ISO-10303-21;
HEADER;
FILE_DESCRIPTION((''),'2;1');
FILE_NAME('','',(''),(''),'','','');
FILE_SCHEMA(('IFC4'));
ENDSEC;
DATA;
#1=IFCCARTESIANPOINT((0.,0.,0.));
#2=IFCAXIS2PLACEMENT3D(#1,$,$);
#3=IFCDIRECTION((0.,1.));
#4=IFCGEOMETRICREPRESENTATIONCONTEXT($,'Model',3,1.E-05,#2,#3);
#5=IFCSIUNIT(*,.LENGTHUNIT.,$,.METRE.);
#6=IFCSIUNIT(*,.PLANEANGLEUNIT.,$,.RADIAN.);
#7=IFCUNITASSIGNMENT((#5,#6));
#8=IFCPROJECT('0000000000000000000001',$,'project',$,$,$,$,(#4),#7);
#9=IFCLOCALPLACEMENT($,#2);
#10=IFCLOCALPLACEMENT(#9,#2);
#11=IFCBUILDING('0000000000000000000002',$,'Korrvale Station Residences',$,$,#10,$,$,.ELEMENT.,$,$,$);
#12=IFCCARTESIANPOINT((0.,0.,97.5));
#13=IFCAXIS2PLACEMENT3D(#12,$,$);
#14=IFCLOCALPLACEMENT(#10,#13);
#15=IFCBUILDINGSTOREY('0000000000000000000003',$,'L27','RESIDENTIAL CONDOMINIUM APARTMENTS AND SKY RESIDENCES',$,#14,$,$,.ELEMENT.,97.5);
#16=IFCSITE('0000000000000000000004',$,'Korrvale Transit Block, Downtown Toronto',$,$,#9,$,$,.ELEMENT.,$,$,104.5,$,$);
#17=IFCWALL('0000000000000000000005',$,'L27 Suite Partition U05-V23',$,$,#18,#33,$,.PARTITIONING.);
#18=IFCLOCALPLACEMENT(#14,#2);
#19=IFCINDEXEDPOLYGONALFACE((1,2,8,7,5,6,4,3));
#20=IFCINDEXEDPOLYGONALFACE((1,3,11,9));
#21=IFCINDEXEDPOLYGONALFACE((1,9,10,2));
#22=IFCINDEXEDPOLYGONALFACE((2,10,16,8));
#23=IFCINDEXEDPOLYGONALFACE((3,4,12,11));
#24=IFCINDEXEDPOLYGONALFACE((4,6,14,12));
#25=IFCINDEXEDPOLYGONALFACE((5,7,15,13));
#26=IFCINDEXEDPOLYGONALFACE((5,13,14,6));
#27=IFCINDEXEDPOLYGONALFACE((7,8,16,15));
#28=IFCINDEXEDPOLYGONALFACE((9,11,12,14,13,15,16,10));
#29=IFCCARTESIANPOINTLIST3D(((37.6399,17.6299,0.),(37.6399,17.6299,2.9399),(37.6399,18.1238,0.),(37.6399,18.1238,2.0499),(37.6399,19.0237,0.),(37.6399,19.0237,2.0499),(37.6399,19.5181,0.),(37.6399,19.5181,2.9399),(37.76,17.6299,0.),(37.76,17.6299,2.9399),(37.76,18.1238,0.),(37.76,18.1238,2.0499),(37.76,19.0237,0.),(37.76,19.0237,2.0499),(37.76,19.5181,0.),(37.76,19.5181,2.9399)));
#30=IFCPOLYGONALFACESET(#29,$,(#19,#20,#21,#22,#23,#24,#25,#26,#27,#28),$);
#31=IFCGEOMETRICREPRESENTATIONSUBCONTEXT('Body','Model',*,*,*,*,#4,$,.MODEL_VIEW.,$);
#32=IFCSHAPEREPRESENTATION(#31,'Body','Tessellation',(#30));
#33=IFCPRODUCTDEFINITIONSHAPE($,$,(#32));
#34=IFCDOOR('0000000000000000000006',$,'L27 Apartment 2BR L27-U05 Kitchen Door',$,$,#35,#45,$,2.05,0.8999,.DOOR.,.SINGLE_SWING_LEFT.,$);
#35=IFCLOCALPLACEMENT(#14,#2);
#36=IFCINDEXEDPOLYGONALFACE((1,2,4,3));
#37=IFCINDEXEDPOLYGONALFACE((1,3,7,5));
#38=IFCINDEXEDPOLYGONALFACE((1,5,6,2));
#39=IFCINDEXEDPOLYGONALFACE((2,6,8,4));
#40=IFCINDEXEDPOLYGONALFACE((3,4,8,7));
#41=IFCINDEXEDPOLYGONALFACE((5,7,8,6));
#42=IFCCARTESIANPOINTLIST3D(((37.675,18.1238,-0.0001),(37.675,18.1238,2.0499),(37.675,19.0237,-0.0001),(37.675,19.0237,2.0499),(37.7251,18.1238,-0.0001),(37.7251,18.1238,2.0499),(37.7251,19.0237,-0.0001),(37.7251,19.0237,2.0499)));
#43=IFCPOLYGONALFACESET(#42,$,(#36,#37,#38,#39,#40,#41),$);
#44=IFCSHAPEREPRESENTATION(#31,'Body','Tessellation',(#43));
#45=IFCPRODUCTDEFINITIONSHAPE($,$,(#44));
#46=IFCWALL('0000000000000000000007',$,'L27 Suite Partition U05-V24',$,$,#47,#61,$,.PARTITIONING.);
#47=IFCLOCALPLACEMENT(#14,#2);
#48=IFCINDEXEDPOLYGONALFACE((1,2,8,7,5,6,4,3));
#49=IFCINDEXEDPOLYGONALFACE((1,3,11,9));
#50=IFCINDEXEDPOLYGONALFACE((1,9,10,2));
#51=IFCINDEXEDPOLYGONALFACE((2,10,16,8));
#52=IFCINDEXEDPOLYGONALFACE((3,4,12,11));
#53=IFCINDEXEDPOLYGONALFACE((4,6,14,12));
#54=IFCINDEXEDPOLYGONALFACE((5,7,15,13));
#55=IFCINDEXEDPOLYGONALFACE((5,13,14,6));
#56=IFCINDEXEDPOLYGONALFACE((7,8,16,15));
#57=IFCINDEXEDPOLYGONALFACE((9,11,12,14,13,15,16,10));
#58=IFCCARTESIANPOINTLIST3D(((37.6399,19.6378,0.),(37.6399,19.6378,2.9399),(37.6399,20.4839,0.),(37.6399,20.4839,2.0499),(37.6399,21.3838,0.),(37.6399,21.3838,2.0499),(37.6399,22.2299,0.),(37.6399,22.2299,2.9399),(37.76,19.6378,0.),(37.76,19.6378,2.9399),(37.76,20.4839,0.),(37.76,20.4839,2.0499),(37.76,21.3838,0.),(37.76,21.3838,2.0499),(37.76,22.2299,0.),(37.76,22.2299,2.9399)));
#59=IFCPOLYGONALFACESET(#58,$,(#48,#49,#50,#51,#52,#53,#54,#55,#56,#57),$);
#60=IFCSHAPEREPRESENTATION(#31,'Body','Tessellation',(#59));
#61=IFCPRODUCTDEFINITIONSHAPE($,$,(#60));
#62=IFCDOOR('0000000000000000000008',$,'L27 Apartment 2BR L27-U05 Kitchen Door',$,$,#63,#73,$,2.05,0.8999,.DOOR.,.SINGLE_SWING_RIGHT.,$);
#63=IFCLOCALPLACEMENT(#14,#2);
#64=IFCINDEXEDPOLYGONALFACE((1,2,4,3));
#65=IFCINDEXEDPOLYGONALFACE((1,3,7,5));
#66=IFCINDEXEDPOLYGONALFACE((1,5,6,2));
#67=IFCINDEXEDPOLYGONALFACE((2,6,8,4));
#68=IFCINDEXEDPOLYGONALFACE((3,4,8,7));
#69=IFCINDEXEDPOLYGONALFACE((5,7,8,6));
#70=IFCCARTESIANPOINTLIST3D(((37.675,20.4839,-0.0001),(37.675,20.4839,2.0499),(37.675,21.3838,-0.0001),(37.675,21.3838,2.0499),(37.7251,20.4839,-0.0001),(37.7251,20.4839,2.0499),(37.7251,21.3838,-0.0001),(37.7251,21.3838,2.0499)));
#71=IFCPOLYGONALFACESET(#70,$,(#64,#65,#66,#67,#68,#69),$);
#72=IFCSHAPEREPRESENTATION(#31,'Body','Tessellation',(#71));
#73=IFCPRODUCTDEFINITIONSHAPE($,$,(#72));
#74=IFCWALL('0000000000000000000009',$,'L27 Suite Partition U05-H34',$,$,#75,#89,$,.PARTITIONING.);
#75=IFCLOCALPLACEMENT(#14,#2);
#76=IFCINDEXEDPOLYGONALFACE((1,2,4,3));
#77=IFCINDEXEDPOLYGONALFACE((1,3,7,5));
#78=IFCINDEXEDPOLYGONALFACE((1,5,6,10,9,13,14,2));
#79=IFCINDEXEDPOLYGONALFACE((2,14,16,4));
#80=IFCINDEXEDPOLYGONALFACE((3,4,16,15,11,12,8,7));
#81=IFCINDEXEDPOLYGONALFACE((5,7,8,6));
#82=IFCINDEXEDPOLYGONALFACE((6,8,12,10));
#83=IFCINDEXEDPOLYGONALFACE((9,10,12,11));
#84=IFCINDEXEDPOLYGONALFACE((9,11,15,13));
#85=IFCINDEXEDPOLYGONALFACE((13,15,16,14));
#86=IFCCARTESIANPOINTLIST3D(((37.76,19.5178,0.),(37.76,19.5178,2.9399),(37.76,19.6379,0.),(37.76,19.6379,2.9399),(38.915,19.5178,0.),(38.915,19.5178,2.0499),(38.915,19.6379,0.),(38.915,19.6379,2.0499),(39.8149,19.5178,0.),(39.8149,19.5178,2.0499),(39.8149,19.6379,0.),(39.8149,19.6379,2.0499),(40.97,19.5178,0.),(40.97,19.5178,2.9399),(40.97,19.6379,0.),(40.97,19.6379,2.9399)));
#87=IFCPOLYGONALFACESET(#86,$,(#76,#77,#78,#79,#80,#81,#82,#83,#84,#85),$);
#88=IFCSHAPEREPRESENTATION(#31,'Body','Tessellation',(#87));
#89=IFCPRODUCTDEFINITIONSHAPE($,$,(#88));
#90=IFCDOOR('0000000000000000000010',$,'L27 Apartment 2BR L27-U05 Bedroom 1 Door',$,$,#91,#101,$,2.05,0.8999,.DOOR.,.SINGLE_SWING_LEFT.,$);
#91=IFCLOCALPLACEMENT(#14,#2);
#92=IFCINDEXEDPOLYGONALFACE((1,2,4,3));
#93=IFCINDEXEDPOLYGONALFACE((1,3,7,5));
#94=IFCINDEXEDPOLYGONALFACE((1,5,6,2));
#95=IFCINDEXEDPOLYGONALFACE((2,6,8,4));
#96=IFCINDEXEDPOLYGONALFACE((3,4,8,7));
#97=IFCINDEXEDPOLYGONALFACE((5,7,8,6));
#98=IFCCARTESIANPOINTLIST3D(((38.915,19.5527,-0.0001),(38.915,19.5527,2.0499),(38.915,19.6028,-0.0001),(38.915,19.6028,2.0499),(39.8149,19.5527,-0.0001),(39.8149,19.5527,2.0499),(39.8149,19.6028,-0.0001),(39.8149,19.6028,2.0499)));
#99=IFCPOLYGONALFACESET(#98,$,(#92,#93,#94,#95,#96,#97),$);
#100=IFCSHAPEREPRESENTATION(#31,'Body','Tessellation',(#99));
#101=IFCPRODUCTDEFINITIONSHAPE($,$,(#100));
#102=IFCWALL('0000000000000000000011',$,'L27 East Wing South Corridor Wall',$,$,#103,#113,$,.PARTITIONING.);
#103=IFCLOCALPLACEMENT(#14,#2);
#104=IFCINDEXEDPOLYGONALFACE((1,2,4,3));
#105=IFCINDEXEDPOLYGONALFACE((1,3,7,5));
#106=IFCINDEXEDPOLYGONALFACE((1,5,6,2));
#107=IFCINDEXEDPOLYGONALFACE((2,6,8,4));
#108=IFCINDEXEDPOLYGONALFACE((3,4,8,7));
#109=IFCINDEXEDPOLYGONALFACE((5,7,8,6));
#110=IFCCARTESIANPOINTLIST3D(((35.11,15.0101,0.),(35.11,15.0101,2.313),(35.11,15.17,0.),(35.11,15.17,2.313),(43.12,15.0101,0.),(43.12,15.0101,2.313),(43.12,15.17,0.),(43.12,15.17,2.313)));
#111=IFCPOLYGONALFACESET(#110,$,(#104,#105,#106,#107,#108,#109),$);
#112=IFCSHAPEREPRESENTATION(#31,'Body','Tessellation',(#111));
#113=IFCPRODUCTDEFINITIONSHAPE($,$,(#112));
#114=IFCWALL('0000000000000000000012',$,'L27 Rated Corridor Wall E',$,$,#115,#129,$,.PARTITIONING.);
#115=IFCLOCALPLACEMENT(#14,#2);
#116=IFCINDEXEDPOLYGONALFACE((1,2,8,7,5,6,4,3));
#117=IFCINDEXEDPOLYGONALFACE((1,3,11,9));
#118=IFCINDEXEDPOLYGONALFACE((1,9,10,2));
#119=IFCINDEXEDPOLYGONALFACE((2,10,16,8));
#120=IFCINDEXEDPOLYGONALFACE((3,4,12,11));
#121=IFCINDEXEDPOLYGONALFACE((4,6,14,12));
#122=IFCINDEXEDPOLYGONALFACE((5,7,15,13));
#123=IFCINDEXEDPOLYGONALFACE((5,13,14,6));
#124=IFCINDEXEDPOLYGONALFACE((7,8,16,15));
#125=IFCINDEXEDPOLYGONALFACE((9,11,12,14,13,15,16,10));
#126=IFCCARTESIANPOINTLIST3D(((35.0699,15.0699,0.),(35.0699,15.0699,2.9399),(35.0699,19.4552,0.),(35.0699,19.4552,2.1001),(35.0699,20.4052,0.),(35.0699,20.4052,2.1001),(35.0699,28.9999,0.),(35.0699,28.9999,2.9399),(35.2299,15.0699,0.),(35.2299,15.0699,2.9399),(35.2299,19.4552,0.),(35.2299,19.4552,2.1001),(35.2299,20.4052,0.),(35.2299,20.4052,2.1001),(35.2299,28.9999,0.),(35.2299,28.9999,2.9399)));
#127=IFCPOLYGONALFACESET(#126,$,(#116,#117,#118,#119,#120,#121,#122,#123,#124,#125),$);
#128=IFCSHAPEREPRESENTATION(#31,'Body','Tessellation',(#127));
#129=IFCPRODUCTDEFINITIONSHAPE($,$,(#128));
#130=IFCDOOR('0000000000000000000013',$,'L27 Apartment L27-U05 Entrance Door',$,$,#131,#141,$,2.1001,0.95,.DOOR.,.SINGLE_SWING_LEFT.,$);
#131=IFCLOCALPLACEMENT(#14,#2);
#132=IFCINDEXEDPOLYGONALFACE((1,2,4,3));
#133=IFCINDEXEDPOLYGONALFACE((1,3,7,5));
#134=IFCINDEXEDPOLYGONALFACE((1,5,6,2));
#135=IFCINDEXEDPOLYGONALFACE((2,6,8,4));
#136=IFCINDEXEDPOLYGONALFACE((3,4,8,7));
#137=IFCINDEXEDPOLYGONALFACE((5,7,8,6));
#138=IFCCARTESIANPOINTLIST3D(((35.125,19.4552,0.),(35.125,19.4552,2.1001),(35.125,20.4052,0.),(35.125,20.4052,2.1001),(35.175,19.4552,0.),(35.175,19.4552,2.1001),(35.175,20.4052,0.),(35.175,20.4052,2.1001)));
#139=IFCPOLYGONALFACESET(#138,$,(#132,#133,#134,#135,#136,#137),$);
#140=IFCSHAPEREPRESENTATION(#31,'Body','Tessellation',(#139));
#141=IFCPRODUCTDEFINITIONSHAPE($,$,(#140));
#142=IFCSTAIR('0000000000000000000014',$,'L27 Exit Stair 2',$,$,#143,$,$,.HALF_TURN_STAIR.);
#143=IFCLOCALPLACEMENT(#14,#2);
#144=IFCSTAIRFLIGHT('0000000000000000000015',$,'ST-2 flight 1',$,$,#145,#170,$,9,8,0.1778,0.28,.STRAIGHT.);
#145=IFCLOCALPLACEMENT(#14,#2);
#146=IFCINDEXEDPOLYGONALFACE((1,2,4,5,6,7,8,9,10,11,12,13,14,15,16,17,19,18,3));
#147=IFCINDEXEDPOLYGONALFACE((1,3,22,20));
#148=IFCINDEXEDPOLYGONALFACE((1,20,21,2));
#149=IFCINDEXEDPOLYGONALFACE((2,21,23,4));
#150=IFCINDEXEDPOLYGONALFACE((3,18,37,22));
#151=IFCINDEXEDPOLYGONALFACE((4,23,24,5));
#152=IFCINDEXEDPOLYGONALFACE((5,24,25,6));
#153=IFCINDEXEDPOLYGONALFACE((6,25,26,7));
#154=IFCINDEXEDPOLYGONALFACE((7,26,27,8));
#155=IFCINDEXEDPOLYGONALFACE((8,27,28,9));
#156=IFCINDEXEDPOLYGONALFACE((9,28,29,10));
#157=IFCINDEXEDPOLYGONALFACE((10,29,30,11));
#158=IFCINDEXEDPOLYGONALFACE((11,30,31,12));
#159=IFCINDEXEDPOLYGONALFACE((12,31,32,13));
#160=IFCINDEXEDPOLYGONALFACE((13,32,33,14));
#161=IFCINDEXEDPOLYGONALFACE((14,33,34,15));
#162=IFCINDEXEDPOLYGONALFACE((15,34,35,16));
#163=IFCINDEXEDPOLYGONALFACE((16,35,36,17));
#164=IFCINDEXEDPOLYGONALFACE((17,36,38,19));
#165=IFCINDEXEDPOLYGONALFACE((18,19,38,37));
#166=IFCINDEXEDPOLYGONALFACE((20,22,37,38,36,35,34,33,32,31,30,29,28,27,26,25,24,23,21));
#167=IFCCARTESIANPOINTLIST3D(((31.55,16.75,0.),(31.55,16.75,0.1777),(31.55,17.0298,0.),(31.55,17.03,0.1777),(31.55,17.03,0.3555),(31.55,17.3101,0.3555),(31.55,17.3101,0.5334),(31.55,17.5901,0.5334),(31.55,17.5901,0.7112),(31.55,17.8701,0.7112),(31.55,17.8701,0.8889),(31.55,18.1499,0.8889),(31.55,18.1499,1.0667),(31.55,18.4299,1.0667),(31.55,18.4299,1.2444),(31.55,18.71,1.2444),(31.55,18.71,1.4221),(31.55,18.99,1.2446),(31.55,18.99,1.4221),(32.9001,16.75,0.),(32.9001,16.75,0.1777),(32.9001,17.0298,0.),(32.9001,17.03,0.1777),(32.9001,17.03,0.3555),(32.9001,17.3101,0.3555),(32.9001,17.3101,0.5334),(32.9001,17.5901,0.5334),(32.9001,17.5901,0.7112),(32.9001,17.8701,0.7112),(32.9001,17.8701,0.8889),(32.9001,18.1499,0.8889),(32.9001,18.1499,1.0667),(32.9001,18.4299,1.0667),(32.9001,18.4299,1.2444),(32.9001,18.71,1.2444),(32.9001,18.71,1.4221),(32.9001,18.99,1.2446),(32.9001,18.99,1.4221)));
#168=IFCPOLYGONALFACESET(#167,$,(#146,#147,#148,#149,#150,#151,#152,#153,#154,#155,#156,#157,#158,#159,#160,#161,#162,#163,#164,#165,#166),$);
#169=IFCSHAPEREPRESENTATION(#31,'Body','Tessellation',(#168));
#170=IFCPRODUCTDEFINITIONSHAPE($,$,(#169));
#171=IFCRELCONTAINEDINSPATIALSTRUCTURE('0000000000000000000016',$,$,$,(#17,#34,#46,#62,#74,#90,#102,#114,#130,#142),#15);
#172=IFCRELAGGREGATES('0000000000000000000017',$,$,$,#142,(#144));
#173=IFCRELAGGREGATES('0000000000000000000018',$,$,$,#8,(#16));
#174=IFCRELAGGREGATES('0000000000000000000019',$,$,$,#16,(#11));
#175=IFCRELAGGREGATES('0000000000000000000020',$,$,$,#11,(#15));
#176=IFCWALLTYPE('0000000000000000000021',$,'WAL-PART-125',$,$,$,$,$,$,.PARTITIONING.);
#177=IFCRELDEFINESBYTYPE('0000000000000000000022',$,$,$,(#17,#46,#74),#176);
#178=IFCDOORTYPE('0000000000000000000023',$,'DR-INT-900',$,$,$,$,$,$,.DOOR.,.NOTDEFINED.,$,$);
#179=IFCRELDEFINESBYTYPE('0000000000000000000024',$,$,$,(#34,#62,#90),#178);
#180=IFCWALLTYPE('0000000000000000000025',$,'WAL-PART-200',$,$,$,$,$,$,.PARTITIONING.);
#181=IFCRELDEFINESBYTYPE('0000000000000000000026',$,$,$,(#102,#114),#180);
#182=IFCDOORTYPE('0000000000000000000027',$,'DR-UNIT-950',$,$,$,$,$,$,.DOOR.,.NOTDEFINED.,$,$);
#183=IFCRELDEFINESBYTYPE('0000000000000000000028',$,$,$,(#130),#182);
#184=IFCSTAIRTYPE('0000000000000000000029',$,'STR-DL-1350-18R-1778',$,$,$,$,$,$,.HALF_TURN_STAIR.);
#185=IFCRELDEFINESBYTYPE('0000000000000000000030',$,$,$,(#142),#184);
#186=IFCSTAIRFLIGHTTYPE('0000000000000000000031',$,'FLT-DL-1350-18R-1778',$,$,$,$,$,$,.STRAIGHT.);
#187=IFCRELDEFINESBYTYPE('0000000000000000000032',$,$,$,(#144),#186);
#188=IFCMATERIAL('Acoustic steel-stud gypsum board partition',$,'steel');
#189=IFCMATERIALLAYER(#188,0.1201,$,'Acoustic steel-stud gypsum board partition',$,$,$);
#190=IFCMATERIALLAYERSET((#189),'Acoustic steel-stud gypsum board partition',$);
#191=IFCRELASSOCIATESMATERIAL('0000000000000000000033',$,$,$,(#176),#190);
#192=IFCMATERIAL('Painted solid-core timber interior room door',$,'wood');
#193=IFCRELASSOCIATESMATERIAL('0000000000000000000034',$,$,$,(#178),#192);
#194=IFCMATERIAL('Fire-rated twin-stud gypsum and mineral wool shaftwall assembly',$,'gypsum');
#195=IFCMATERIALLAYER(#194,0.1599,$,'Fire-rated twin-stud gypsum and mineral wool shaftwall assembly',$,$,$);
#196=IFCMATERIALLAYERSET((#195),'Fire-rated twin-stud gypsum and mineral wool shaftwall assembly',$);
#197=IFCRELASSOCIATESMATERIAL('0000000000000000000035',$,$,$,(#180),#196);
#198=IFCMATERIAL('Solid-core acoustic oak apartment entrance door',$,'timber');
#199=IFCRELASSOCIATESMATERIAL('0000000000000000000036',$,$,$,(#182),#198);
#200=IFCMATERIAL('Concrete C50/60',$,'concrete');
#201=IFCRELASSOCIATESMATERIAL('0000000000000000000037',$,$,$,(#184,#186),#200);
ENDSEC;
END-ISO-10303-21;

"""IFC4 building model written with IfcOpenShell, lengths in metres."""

from ifc_helpers import new_model, si_unit, direction, frame, frame_2d, origin, place, context, subcontext, project, spatial, polyline, rectangle, outline, extrude, material, layer, layer_set, type_object, element, fill, aggregate, save


model = new_model("IFC4")

# Units and contexts
model_context = context("Model", 3, precision=1e-05, world=origin(), true_north=direction((0.0, 1.0)))
body_context = subcontext(model_context, "Body", "Model", "MODEL_VIEW")
ifc_project = project(units=[si_unit("LENGTHUNIT", "METRE"), si_unit("PLANEANGLEUNIT", "RADIAN")], contexts=[model_context])

# Site, building, storey
site_placement = place(None, origin())
site = spatial("IfcSite", under=ifc_project, at=site_placement, Name="Korrvale Transit Block, Downtown Toronto", CompositionType="ELEMENT", RefElevation=104.5)
building_placement = place(site_placement, origin())
building = spatial("IfcBuilding", under=site, at=building_placement, Name="Korrvale Station Residences", CompositionType="ELEMENT")
storey_placement = place(building_placement, frame((0.0, 0.0, 97.5)))
storey = spatial("IfcBuildingStorey", under=building, at=storey_placement, Name="L27", Description="RESIDENTIAL CONDOMINIUM APARTMENTS AND SKY RESIDENCES", CompositionType="ELEMENT", Elevation=97.5)

# Shared definitions
ifc_material_1 = material(Name="Acoustic steel-stud gypsum board partition", Category="steel")
ifc_layer_1 = layer(ifc_material_1, 0.1201, Name="Acoustic steel-stud gypsum board partition")
ifc_layer_set_1 = layer_set([ifc_layer_1], Name="Acoustic steel-stud gypsum board partition")
wall_type_1 = type_object("IfcWallType", Name="WAL-PART-125", PredefinedType="PARTITIONING", material=ifc_layer_set_1)
ifc_material_2 = material(Name="Painted solid-core timber interior room door", Category="wood")
door_type_1 = type_object("IfcDoorType", Name="DR-INT-900", OperationType="NOTDEFINED", PredefinedType="DOOR", material=ifc_material_2)

# Walls, openings, doors
wall_1_placement = place(storey_placement, frame((37.7, 17.6299, 0.0), z_axis=(0.0, 0.0, 1.0), x_axis=(0.0, 1.0, 0.0)))
wall_1 = element("IfcWall", 1, at=wall_1_placement, inside=storey, type_object=wall_type_1, Name="L27 Suite Partition U05-V23", PredefinedType="PARTITIONING", context=body_context, shape_type="SweptSolid", body=[
    extrude(rectangle(XDim=1.8882, YDim=0.1201, at=frame_2d((0.9441, 0.0))), origin(), (0.0, 0.0, 1.0), 2.9399),
])
opening_1_placement = place(wall_1_placement, frame((0.4939, 0.0, 0.0)))
opening_1 = element("IfcOpeningElement", 2, at=opening_1_placement, cuts=wall_1, PredefinedType="OPENING", context=body_context, shape_type="SweptSolid", body=[
    extrude(rectangle(XDim=0.8999, YDim=2.05, at=frame_2d((0.45, 1.0249))), frame((0.0, 0.0701, 0.0), z_axis=(0.0, -1.0, 0.0), x_axis=(1.0, 0.0, 0.0)), (0.0, 0.0, 1.0), 0.1401),
])
door_1_placement = place(opening_1_placement, origin())
door_1 = element("IfcDoor", 3, at=door_1_placement, inside=storey, type_object=door_type_1, Name="L27 Apartment 2BR L27-U05 Kitchen Door", OperationType="SINGLE_SWING_LEFT", OverallHeight=2.05, OverallWidth=0.8999, PredefinedType="DOOR", context=body_context, shape_type="SweptSolid", body=[
    extrude(rectangle(XDim=0.8999, YDim=2.05, at=frame_2d((0.45, 1.0249))), frame((0.0, 0.0249, 0.0), z_axis=(0.0, -1.0, 0.0), x_axis=(1.0, 0.0, 0.0)), (0.0, 0.0, 1.0), 0.05),
])
fill(opening_1, door_1)
wall_2_placement = place(storey_placement, frame((37.7, 19.6379, 0.0), z_axis=(0.0, 0.0, 1.0), x_axis=(0.0, 1.0, 0.0)))
wall_2 = element("IfcWall", 4, at=wall_2_placement, inside=storey, type_object=wall_type_1, Name="L27 Suite Partition U05-V24", PredefinedType="PARTITIONING", context=body_context, shape_type="SweptSolid", body=[
    extrude(rectangle(XDim=2.592, YDim=0.1201, at=frame_2d((1.2959, 0.0))), origin(), (0.0, 0.0, 1.0), 2.9399),
])
opening_2_placement = place(wall_2_placement, frame((0.8459, 0.0, 0.0)))
opening_2 = element("IfcOpeningElement", 5, at=opening_2_placement, cuts=wall_2, PredefinedType="OPENING", context=body_context, shape_type="SweptSolid", body=[
    extrude(rectangle(XDim=0.8999, YDim=2.05, at=frame_2d((0.45, 1.0249))), frame((0.0, 0.0701, 0.0), z_axis=(0.0, -1.0, 0.0), x_axis=(1.0, 0.0, 0.0)), (0.0, 0.0, 1.0), 0.1401),
])
door_2_placement = place(opening_2_placement, origin())
door_2 = element("IfcDoor", 6, at=door_2_placement, inside=storey, type_object=door_type_1, Name="L27 Apartment 2BR L27-U05 Kitchen Door", OperationType="SINGLE_SWING_RIGHT", OverallHeight=2.05, OverallWidth=0.8999, PredefinedType="DOOR", context=body_context, shape_type="SweptSolid", body=[
    extrude(rectangle(XDim=0.8999, YDim=2.05, at=frame_2d((0.45, 1.0249))), frame((0.0, 0.0249, 0.0), z_axis=(0.0, -1.0, 0.0), x_axis=(1.0, 0.0, 0.0)), (0.0, 0.0, 1.0), 0.05),
])
fill(opening_2, door_2)
wall_3_placement = place(storey_placement, frame((37.76, 19.5779, 0.0), z_axis=(0.0, 0.0, 1.0), x_axis=(1.0, 0.0, 0.0)))
wall_3 = element("IfcWall", 7, at=wall_3_placement, inside=storey, type_object=wall_type_1, Name="L27 Suite Partition U05-H34", PredefinedType="PARTITIONING", context=body_context, shape_type="SweptSolid", body=[
    extrude(rectangle(XDim=3.21, YDim=0.1201, at=frame_2d((1.605, 0.0))), origin(), (0.0, 0.0, 1.0), 2.9399),
])
opening_3_placement = place(wall_3_placement, frame((1.155, 0.0, 0.0)))
opening_3 = element("IfcOpeningElement", 8, at=opening_3_placement, cuts=wall_3, PredefinedType="OPENING", context=body_context, shape_type="SweptSolid", body=[
    extrude(rectangle(XDim=0.8999, YDim=2.05, at=frame_2d((0.45, 1.0249))), frame((0.0, 0.0701, 0.0), z_axis=(0.0, -1.0, 0.0), x_axis=(1.0, 0.0, 0.0)), (0.0, 0.0, 1.0), 0.1401),
])
door_3_placement = place(opening_3_placement, origin())
door_3 = element("IfcDoor", 9, at=door_3_placement, inside=storey, type_object=door_type_1, Name="L27 Apartment 2BR L27-U05 Bedroom 1 Door", OperationType="SINGLE_SWING_LEFT", OverallHeight=2.05, OverallWidth=0.8999, PredefinedType="DOOR", context=body_context, shape_type="SweptSolid", body=[
    extrude(rectangle(XDim=0.8999, YDim=2.05, at=frame_2d((0.45, 1.0249))), frame((0.0, 0.0249, 0.0), z_axis=(0.0, -1.0, 0.0), x_axis=(1.0, 0.0, 0.0)), (0.0, 0.0, 1.0), 0.05),
])
fill(opening_3, door_3)

# Wall
ifc_material_3 = material(Name="Fire-rated twin-stud gypsum and mineral wool shaftwall assembly", Category="gypsum")
ifc_layer_2 = layer(ifc_material_3, 0.1599, Name="Fire-rated twin-stud gypsum and mineral wool shaftwall assembly")
ifc_layer_set_2 = layer_set([ifc_layer_2], Name="Fire-rated twin-stud gypsum and mineral wool shaftwall assembly")
wall_type_2 = type_object("IfcWallType", Name="WAL-PART-200", PredefinedType="PARTITIONING", material=ifc_layer_set_2)
wall_4_placement = place(storey_placement, frame((35.1101, 15.0901, 0.0), z_axis=(0.0, 0.0, 1.0), x_axis=(1.0, 0.0, 0.0)))
element("IfcWall", 10, at=wall_4_placement, inside=storey, type_object=wall_type_2, Name="L27 East Wing South Corridor Wall", PredefinedType="PARTITIONING", context=body_context, shape_type="SweptSolid", body=[
    extrude(rectangle(XDim=8.01, YDim=0.1599, at=frame_2d((4.0049, 0.0))), origin(), (0.0, 0.0, 1.0), 2.313),
])

# Wall, opening, door
wall_5_placement = place(storey_placement, frame((35.1499, 15.0701, 0.0), z_axis=(0.0, 0.0, 1.0), x_axis=(0.0, 1.0, 0.0)))
wall_5 = element("IfcWall", 11, at=wall_5_placement, inside=storey, type_object=wall_type_2, Name="L27 Rated Corridor Wall E", PredefinedType="PARTITIONING", context=body_context, shape_type="SweptSolid", body=[
    extrude(rectangle(XDim=13.9299, YDim=0.1599, at=frame_2d((6.9648, 0.0))), origin(), (0.0, 0.0, 1.0), 2.9399),
])
opening_4_placement = place(wall_5_placement, frame((4.385, 0.0, 0.0)))
opening_4 = element("IfcOpeningElement", 12, at=opening_4_placement, cuts=wall_5, PredefinedType="OPENING", context=body_context, shape_type="SweptSolid", body=[
    extrude(rectangle(XDim=0.95, YDim=2.1001, at=frame_2d((0.4751, 1.05))), frame((0.0, 0.0898, 0.0), z_axis=(0.0, -1.0, 0.0), x_axis=(1.0, 0.0, 0.0)), (0.0, 0.0, 1.0), 0.1799),
])
ifc_material_4 = material(Name="Solid-core acoustic oak apartment entrance door", Category="timber")
door_type_2 = type_object("IfcDoorType", Name="DR-UNIT-950", OperationType="NOTDEFINED", PredefinedType="DOOR", material=ifc_material_4)
door_4_placement = place(opening_4_placement, origin())
door_4 = element("IfcDoor", 13, at=door_4_placement, inside=storey, type_object=door_type_2, Name="L27 Apartment L27-U05 Entrance Door", OperationType="SINGLE_SWING_LEFT", OverallHeight=2.1001, OverallWidth=0.95, PredefinedType="DOOR", context=body_context, shape_type="SweptSolid", body=[
    extrude(rectangle(XDim=0.95, YDim=2.1001, at=frame_2d((0.4751, 1.05))), frame((0.0, 0.0249, 0.0), z_axis=(0.0, -1.0, 0.0), x_axis=(1.0, 0.0, 0.0)), (0.0, 0.0, 1.0), 0.05),
])
fill(opening_4, door_4)

# Stair, stair flight
ifc_material_5 = material(Name="Concrete C50/60", Category="concrete")
stair_type = type_object("IfcStairType", Name="STR-DL-1350-18R-1778", PredefinedType="HALF_TURN_STAIR", material=ifc_material_5)
stair_placement = place(storey_placement, origin())
stair = element("IfcStair", 14, at=stair_placement, inside=storey, type_object=stair_type, Name="L27 Exit Stair 2", PredefinedType="HALF_TURN_STAIR")
stair_flight_type = type_object("IfcStairFlightType", Name="FLT-DL-1350-18R-1778", PredefinedType="STRAIGHT", material=ifc_material_5)
stair_flight_placement = place(storey_placement, frame((32.2251, 16.75, 0.0), z_axis=(0.0, 0.0, 1.0), x_axis=(0.0, 1.0, 0.0)))
stair_flight = element("IfcStairFlight", 15, at=stair_flight_placement, type_object=stair_flight_type, Name="ST-2 flight 1", NumberOfRisers=9, NumberOfTreads=8, PredefinedType="STRAIGHT", RiserHeight=0.1778, TreadLength=0.28, context=body_context, shape_type="SweptSolid", body=[
    extrude(outline(polyline([(0.0, 0.0), (0.0, 0.1777), (0.28, 0.1777), (0.28, 0.3555), (0.5601, 0.3555), (0.5601, 0.5334), (0.8401, 0.5334), (0.8401, 0.7112), (1.1201, 0.7112), (1.1201, 0.8889), (1.3999, 0.8889), (1.3999, 1.0667), (1.6799, 1.0667), (1.6799, 1.2444), (1.96, 1.2444), (1.96, 1.4221), (2.24, 1.4221), (2.24, 1.6001), (2.24, 1.2446), (0.2798, 0.0), (0.0, 0.0)])), frame((0.0, 0.675, 0.0), z_axis=(0.0, -1.0, 0.0), x_axis=(1.0, 0.0, 0.0)), (0.0, 0.0, 1.0), 1.3501),
])
aggregate(stair, [stair_flight])

save(model, "model.ifc")
